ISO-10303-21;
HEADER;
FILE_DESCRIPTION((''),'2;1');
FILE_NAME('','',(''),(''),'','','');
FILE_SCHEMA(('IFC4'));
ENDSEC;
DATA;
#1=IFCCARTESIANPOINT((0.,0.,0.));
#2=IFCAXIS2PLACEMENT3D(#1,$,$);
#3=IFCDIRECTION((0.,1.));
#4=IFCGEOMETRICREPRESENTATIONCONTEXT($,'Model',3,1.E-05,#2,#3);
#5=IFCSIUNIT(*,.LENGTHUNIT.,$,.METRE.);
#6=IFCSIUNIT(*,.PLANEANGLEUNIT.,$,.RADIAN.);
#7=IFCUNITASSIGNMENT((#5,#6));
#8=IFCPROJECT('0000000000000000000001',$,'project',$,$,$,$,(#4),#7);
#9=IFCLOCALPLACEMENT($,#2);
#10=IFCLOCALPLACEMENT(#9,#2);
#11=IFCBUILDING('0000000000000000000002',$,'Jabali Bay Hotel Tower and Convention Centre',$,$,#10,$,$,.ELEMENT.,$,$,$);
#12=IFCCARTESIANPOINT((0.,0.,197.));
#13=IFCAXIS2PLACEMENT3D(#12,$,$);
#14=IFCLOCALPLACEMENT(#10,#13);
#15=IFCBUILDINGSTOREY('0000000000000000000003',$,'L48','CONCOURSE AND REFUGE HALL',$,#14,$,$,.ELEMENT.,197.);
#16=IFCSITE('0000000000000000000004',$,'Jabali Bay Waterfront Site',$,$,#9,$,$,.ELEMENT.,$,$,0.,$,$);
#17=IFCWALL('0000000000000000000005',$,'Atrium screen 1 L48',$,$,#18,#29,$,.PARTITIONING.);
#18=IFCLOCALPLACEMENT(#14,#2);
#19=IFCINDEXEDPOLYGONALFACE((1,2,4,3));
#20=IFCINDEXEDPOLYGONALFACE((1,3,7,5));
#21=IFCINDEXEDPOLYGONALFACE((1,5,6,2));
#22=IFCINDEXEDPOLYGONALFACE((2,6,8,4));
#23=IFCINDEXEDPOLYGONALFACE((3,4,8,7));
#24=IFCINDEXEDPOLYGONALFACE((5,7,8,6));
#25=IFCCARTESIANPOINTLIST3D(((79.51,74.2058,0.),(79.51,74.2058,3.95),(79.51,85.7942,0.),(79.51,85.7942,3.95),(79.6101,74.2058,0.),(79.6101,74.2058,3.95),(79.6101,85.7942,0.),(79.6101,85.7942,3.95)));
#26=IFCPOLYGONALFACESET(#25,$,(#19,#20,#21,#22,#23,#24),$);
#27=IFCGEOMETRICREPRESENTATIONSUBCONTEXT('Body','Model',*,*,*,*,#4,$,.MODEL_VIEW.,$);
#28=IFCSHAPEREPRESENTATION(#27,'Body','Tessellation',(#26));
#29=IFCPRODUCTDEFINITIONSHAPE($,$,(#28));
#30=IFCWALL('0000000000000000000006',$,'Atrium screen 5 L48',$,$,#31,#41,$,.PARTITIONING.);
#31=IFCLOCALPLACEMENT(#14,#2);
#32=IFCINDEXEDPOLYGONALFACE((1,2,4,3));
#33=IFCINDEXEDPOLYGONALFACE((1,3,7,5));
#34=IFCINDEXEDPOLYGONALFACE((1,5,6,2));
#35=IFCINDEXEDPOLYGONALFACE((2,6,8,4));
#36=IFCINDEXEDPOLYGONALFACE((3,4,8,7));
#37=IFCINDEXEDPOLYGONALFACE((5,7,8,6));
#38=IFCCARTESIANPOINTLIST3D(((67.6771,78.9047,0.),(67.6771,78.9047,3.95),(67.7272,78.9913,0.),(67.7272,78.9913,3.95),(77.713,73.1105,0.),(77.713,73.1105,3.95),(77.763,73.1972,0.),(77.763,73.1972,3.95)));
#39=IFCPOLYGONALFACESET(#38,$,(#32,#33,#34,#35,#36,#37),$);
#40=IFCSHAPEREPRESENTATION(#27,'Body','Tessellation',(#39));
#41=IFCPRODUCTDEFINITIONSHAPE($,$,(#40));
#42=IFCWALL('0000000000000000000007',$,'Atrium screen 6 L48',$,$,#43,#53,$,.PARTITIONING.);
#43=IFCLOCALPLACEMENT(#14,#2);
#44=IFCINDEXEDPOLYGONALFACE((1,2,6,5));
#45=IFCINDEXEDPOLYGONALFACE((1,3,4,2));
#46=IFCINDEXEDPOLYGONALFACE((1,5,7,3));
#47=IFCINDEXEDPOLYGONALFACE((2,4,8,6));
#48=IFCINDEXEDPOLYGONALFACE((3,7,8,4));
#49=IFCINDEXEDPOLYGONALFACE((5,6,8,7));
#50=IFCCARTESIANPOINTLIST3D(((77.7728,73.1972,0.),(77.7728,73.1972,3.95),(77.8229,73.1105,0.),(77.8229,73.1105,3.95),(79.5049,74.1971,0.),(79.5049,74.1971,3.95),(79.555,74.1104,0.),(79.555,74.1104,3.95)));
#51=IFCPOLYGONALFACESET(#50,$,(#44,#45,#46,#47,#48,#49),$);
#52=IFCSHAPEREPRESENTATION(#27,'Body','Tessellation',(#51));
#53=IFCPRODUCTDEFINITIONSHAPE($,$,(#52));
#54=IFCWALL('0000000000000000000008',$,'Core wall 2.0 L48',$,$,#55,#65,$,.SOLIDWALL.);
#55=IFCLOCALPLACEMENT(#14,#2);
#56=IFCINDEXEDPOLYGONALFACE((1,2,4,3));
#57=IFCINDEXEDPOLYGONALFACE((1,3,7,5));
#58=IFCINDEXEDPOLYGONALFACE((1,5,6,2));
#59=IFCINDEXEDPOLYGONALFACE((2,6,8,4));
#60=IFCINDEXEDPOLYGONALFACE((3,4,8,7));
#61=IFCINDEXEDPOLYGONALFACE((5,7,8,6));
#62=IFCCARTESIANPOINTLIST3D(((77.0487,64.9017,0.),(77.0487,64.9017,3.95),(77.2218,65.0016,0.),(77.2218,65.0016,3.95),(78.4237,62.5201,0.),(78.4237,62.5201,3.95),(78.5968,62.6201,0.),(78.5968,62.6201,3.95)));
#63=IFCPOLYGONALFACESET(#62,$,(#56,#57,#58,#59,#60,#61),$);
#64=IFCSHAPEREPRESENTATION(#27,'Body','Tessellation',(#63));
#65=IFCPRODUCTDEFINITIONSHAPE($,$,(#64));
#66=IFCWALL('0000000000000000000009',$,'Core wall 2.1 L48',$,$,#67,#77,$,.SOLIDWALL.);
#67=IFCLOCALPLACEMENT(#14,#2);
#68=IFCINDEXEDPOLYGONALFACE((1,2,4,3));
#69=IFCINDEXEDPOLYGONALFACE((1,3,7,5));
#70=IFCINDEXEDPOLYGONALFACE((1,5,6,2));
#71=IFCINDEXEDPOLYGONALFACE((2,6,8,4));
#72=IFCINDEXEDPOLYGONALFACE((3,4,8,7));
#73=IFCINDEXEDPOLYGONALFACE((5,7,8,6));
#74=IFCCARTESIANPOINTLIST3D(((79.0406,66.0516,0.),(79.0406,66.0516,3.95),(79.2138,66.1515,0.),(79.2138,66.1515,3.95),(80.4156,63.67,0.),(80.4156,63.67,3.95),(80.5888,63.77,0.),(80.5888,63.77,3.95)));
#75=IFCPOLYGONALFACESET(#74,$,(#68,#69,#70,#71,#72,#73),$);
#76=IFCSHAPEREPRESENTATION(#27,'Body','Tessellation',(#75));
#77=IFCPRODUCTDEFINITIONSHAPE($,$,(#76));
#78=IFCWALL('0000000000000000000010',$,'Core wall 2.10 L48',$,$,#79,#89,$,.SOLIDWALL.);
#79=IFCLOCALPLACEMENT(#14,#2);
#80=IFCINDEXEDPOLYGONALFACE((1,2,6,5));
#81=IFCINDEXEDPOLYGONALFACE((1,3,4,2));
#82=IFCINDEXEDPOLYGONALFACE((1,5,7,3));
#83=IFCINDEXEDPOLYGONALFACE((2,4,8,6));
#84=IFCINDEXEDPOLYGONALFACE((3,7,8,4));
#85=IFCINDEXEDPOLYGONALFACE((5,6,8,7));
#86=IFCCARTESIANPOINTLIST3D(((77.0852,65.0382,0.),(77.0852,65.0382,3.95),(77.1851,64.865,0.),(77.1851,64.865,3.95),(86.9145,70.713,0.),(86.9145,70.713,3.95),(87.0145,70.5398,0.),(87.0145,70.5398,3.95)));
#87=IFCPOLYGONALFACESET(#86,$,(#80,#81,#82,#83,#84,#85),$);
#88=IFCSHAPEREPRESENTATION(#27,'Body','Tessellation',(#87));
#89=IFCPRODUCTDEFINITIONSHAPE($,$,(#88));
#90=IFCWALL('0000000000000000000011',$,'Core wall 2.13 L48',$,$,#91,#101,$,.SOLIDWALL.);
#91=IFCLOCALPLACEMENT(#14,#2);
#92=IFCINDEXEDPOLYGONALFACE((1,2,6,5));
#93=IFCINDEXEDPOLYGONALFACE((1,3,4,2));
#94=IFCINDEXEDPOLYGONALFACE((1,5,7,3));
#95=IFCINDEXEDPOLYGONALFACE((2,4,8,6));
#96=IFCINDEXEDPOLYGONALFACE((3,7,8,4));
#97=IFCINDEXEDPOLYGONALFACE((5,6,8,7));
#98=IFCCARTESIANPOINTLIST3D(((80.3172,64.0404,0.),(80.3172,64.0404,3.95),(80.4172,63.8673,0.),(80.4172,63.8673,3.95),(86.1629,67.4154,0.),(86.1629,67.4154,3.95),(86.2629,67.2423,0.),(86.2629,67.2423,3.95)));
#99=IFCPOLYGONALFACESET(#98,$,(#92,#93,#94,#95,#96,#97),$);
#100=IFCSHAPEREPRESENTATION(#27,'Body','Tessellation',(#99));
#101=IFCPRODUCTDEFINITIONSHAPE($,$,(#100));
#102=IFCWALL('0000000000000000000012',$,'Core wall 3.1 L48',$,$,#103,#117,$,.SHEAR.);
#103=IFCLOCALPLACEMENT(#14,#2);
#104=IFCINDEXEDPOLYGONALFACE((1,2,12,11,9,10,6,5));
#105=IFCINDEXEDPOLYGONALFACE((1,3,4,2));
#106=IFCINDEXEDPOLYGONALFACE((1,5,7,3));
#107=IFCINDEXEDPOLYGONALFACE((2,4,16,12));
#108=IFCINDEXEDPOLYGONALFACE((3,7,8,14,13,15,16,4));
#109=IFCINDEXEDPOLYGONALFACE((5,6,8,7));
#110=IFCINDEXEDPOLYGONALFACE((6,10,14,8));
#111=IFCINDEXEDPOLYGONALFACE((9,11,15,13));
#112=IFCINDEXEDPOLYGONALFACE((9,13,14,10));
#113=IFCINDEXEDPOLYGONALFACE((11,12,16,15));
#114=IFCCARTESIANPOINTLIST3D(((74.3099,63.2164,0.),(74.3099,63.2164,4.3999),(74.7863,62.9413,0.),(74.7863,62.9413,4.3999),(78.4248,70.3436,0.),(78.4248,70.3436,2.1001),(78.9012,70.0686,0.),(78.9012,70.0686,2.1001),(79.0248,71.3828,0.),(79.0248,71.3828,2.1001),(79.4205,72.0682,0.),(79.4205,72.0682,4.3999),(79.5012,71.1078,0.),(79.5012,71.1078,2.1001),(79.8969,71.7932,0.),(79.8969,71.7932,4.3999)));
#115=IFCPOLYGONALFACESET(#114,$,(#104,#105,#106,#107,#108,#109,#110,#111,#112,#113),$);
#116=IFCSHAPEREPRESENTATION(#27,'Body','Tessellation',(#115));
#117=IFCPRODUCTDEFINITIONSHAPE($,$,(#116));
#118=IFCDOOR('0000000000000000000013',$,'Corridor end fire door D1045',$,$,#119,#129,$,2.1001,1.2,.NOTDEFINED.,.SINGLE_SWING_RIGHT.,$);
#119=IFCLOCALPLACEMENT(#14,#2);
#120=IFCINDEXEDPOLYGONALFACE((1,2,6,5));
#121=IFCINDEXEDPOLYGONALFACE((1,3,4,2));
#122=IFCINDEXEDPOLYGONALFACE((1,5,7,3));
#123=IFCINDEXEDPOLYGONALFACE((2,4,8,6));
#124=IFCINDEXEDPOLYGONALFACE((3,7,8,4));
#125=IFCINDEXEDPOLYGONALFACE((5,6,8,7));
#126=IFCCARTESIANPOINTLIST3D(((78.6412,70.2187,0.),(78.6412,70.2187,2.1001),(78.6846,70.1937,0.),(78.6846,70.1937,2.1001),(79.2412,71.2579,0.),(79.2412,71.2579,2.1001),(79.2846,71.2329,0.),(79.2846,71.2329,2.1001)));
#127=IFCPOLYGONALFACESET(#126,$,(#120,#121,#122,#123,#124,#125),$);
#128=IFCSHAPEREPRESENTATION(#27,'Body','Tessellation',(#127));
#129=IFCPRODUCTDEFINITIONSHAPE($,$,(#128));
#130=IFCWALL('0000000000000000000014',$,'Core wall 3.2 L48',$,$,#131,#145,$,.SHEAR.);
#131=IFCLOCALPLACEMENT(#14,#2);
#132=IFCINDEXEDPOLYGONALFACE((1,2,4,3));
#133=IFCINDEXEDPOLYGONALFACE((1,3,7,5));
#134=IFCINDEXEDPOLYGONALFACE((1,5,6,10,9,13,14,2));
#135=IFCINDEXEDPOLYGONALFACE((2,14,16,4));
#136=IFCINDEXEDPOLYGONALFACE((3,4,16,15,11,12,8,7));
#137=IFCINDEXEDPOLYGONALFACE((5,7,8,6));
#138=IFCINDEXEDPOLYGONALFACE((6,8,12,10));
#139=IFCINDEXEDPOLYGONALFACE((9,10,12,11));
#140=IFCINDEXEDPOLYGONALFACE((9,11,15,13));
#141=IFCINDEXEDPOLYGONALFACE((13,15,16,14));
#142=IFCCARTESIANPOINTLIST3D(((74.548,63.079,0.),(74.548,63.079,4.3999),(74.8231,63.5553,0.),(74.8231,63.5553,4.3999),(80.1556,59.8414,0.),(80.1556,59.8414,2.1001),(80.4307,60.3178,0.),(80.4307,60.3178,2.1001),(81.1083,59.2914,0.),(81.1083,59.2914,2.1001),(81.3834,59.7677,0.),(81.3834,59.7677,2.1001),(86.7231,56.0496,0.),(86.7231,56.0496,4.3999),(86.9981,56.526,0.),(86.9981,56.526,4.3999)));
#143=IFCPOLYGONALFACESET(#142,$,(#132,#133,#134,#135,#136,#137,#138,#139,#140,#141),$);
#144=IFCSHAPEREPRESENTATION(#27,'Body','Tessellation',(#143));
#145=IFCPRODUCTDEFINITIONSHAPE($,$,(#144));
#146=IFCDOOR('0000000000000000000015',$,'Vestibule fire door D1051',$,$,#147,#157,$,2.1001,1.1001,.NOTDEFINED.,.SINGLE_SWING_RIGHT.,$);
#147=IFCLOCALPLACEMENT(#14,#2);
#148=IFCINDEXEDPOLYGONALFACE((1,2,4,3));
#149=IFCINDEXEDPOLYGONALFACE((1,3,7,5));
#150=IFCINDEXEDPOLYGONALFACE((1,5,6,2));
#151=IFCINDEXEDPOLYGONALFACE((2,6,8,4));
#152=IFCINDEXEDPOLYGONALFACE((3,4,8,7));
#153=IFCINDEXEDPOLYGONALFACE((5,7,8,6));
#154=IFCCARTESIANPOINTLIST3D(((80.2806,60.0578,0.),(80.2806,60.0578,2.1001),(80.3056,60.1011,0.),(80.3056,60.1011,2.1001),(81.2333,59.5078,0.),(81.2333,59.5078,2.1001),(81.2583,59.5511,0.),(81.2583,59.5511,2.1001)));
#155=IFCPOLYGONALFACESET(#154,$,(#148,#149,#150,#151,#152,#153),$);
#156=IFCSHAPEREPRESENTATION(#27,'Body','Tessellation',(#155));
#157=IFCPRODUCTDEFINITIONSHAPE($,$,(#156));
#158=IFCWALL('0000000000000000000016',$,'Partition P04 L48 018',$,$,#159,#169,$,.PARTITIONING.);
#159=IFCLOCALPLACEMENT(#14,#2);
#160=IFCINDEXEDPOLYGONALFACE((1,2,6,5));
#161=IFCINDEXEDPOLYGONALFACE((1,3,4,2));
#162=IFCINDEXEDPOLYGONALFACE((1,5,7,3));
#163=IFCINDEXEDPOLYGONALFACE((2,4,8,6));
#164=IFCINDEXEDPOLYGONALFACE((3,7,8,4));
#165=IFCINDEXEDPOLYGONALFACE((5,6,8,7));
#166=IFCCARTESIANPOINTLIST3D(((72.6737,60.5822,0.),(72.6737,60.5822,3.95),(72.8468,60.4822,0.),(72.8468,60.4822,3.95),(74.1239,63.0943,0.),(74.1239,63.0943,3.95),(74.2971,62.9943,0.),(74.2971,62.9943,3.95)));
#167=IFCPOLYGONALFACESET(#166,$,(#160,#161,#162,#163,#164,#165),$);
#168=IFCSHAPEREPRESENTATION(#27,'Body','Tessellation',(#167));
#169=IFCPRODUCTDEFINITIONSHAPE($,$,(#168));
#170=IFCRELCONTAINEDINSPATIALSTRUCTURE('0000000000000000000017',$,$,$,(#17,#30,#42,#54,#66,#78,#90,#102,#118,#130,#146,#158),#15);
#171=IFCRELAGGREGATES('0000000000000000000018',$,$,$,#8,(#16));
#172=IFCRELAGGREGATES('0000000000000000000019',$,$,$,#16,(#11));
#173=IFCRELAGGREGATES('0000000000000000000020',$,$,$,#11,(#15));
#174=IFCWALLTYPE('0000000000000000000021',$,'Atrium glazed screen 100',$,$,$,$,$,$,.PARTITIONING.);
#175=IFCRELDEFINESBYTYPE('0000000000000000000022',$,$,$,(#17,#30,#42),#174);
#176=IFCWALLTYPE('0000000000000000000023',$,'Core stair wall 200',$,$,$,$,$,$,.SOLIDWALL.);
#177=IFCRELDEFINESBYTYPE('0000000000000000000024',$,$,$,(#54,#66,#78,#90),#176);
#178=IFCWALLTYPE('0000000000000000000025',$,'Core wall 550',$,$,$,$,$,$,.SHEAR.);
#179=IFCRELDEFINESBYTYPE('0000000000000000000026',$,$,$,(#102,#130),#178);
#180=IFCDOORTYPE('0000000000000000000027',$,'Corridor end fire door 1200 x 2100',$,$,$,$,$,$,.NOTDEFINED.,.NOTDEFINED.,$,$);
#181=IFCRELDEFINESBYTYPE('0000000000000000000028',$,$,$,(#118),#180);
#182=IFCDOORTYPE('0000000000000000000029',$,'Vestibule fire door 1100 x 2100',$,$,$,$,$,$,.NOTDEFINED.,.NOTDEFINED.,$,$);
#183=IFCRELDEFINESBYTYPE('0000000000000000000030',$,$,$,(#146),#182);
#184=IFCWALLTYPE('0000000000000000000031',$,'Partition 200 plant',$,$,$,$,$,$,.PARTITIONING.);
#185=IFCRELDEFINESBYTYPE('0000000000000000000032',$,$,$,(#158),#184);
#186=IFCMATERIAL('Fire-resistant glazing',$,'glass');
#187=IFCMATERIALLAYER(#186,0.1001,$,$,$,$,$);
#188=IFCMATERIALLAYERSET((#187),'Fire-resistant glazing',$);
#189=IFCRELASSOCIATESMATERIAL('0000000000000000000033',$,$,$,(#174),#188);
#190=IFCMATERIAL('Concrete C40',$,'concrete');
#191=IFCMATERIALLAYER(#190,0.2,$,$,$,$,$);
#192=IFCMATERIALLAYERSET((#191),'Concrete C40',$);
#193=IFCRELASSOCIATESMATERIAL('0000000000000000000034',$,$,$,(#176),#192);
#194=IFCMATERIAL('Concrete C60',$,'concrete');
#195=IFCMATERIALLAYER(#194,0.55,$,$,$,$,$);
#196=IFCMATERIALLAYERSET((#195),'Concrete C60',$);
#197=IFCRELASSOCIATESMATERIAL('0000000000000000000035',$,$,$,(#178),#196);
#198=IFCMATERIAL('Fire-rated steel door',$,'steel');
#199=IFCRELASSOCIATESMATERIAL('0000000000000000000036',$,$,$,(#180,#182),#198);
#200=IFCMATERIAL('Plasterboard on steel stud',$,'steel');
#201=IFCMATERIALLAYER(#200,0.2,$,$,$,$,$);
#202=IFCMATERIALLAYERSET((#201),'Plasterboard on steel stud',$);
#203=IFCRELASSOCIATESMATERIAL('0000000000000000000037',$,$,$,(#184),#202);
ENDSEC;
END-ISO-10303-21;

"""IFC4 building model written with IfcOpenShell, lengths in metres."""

from ifc_helpers import new_model, si_unit, direction, frame, frame_2d, origin, place, context, subcontext, project, spatial, rectangle, extrude, material, layer, layer_set, type_object, element, fill, save


model = new_model("IFC4")

# Units and contexts
model_context = context("Model", 3, precision=1e-05, world=origin(), true_north=direction((0.0, 1.0)))
body_context = subcontext(model_context, "Body", "Model", "MODEL_VIEW")
ifc_project = project(units=[si_unit("LENGTHUNIT", "METRE"), si_unit("PLANEANGLEUNIT", "RADIAN")], contexts=[model_context])

# Site, building, storey
site_placement = place(None, origin())
site = spatial("IfcSite", under=ifc_project, at=site_placement, Name="Jabali Bay Waterfront Site", CompositionType="ELEMENT", RefElevation=0.0)
building_placement = place(site_placement, origin())
building = spatial("IfcBuilding", under=site, at=building_placement, Name="Jabali Bay Hotel Tower and Convention Centre", CompositionType="ELEMENT")
storey_placement = place(building_placement, frame((0.0, 0.0, 197.0)))
storey = spatial("IfcBuildingStorey", under=building, at=storey_placement, Name="L48", Description="CONCOURSE AND REFUGE HALL", CompositionType="ELEMENT", Elevation=197.0)

# Walls
ifc_material_1 = material(Name="Fire-resistant glazing", Category="glass")
ifc_layer_1 = layer(ifc_material_1, 0.1001)
ifc_layer_set_1 = layer_set([ifc_layer_1], Name="Fire-resistant glazing")
wall_type_1 = type_object("IfcWallType", Name="Atrium glazed screen 100", PredefinedType="PARTITIONING", material=ifc_layer_set_1)
for number, where, z_axis, x_axis, name in (
    (1, (79.5601, 74.2058, 0.0), (0.0, 0.0, 1.0), (0.0, 1.0, 0.0), "Atrium screen 1 L48"),
    (2, (67.7021, 78.948, 0.0), (0.0, 0.0, 1.0), (0.866027, -0.499998, 0.0), "Atrium screen 5 L48"),
):
    element("IfcWall", number, at=place(storey_placement, frame(where, z_axis=z_axis, x_axis=x_axis)), inside=storey, type_object=wall_type_1, Name=name, PredefinedType="PARTITIONING", context=body_context, shape_type="SweptSolid", body=[
        extrude(rectangle(XDim=11.5884, YDim=0.1001, at=frame_2d((5.7942, 0.0))), origin(), (0.0, 0.0, 1.0), 3.95),
    ])
wall_1_placement = place(storey_placement, frame((77.7979, 73.1538, 0.0), z_axis=(0.0, 0.0, 1.0), x_axis=(0.866041, 0.499973, 0.0)))
element("IfcWall", 3, at=wall_1_placement, inside=storey, type_object=wall_type_1, Name="Atrium screen 6 L48", PredefinedType="PARTITIONING", context=body_context, shape_type="SweptSolid", body=[
    extrude(rectangle(XDim=2.0, YDim=0.1001, at=frame_2d((1.0, 0.0))), origin(), (0.0, 0.0, 1.0), 3.95),
])
ifc_material_2 = material(Name="Concrete C40", Category="concrete")
ifc_layer_2 = layer(ifc_material_2, 0.2)
ifc_layer_set_2 = layer_set([ifc_layer_2], Name="Concrete C40")
wall_type_2 = type_object("IfcWallType", Name="Core stair wall 200", PredefinedType="SOLIDWALL", material=ifc_layer_set_2)
for number, where, z_axis, x_axis, name in (
    (4, (77.1353, 64.9517, 0.0), (0.0, 0.0, 1.0), (0.499997, -0.866027, 0.0), "Core wall 2.0 L48"),
    (5, (79.1272, 66.1016, 0.0), (0.0, 0.0, 1.0), (0.499997, -0.866027, 0.0), "Core wall 2.1 L48"),
):
    element("IfcWall", number, at=place(storey_placement, frame(where, z_axis=z_axis, x_axis=x_axis)), inside=storey, type_object=wall_type_2, Name=name, PredefinedType="SOLIDWALL", context=body_context, shape_type="SweptSolid", body=[
        extrude(rectangle(XDim=2.75, YDim=0.2, at=frame_2d((1.375, 0.0))), origin(), (0.0, 0.0, 1.0), 3.95),
    ])
wall_2_placement = place(storey_placement, frame((77.1353, 64.9517, 0.0), z_axis=(0.0, 0.0, 1.0), x_axis=(0.866032, 0.499989, 0.0)))
element("IfcWall", 6, at=wall_2_placement, inside=storey, type_object=wall_type_2, Name="Core wall 2.10 L48", PredefinedType="SOLIDWALL", context=body_context, shape_type="SweptSolid", body=[
    extrude(rectangle(XDim=11.3499, YDim=0.2, at=frame_2d((5.6748, 0.0))), origin(), (0.0, 0.0, 1.0), 3.95),
])
wall_3_placement = place(storey_placement, frame((80.3672, 63.9539, 0.0), z_axis=(0.0, 0.0, 1.0), x_axis=(0.866027, 0.499998, 0.0)))
element("IfcWall", 7, at=wall_3_placement, inside=storey, type_object=wall_type_2, Name="Core wall 2.13 L48", PredefinedType="SOLIDWALL", context=body_context, shape_type="SweptSolid", body=[
    extrude(rectangle(XDim=6.75, YDim=0.2, at=frame_2d((3.375, 0.0))), origin(), (0.0, 0.0, 1.0), 3.95),
])

# Walls, openings, doors
ifc_material_3 = material(Name="Concrete C60", Category="concrete")
ifc_layer_3 = layer(ifc_material_3, 0.55)
ifc_layer_set_3 = layer_set([ifc_layer_3], Name="Concrete C60")
wall_type_3 = type_object("IfcWallType", Name="Core wall 550", PredefinedType="SHEAR", material=ifc_layer_set_3)
wall_4_placement = place(storey_placement, frame((79.6587, 71.9307, 0.0), z_axis=(0.0, 0.0, 1.0), x_axis=(-0.5, -0.866025, 0.0)))
wall_4 = element("IfcWall", 8, at=wall_4_placement, inside=storey, type_object=wall_type_3, Name="Core wall 3.1 L48", PredefinedType="SHEAR", context=body_context, shape_type="SweptSolid", body=[
    extrude(rectangle(XDim=10.2212, YDim=0.55, at=frame_2d((5.1106, 0.0))), origin(), (0.0, 0.0, 1.0), 4.3999),
])
opening_1_placement = place(wall_4_placement, frame((0.7913, 0.0, 0.0)))
opening_1 = element("IfcOpeningElement", 9, at=opening_1_placement, cuts=wall_4, PredefinedType="OPENING", context=body_context, shape_type="SweptSolid", body=[
    extrude(rectangle(XDim=1.2, YDim=2.1001, at=frame_2d((0.6001, 1.05))), frame((0.0, 0.2856, 0.0), z_axis=(0.0, -1.0, 0.0), x_axis=(1.0, 0.0, 0.0)), (0.0, 0.0, 1.0), 0.571),
])
ifc_material_4 = material(Name="Fire-rated steel door", Category="steel")
door_type_1 = type_object("IfcDoorType", Name="Corridor end fire door 1200 x 2100", OperationType="NOTDEFINED", PredefinedType="NOTDEFINED", material=ifc_material_4)
door_1_placement = place(opening_1_placement, origin())
door_1 = element("IfcDoor", 10, at=door_1_placement, inside=storey, type_object=door_type_1, Name="Corridor end fire door D1045", OperationType="SINGLE_SWING_RIGHT", OverallHeight=2.1001, OverallWidth=1.2, PredefinedType="NOTDEFINED", context=body_context, shape_type="SweptSolid", body=[
    extrude(rectangle(XDim=1.2, YDim=2.1001, at=frame_2d((0.6001, 1.05))), frame((0.0, 0.0249, 0.0), z_axis=(0.0, -1.0, 0.0), x_axis=(1.0, 0.0, 0.0)), (0.0, 0.0, 1.0), 0.05),
])
fill(opening_1, door_1)
wall_5_placement = place(storey_placement, frame((74.6855, 63.3171, 0.0), z_axis=(0.0, 0.0, 1.0), x_axis=(0.866025, -0.500002, 0.0)))
wall_5 = element("IfcWall", 11, at=wall_5_placement, inside=storey, type_object=wall_type_3, Name="Core wall 3.2 L48", PredefinedType="SHEAR", context=body_context, shape_type="SweptSolid", body=[
    extrude(rectangle(XDim=14.0586, YDim=0.55, at=frame_2d((7.0293, 0.0))), origin(), (0.0, 0.0, 1.0), 4.3999),
])
opening_2_placement = place(wall_5_placement, frame((6.4751, 0.0, 0.0)))
opening_2 = element("IfcOpeningElement", 12, at=opening_2_placement, cuts=wall_5, PredefinedType="OPENING", context=body_context, shape_type="SweptSolid", body=[
    extrude(rectangle(XDim=1.1001, YDim=2.1001, at=frame_2d((0.55, 1.05))), frame((0.0, 0.2856, 0.0), z_axis=(0.0, -1.0, 0.0), x_axis=(1.0, 0.0, 0.0)), (0.0, 0.0, 1.0), 0.571),
])
door_type_2 = type_object("IfcDoorType", Name="Vestibule fire door 1100 x 2100", OperationType="NOTDEFINED", PredefinedType="NOTDEFINED", material=ifc_material_4)
door_2_placement = place(opening_2_placement, origin())
door_2 = element("IfcDoor", 13, at=door_2_placement, inside=storey, type_object=door_type_2, Name="Vestibule fire door D1051", OperationType="SINGLE_SWING_RIGHT", OverallHeight=2.1001, OverallWidth=1.1001, PredefinedType="NOTDEFINED", context=body_context, shape_type="SweptSolid", body=[
    extrude(rectangle(XDim=1.1001, YDim=2.1001, at=frame_2d((0.55, 1.05))), frame((0.0, 0.0249, 0.0), z_axis=(0.0, -1.0, 0.0), x_axis=(1.0, 0.0, 0.0)), (0.0, 0.0, 1.0), 0.05),
])
fill(opening_2, door_2)

# Wall
ifc_material_5 = material(Name="Plasterboard on steel stud", Category="steel")
ifc_layer_4 = layer(ifc_material_5, 0.2)
ifc_layer_set_4 = layer_set([ifc_layer_4], Name="Plasterboard on steel stud")
wall_type_4 = type_object("IfcWallType", Name="Partition 200 plant", PredefinedType="PARTITIONING", material=ifc_layer_set_4)
wall_6_placement = place(storey_placement, frame((74.2104, 63.0442, 0.0), z_axis=(0.0, 0.0, 1.0), x_axis=(-0.499977, -0.866038, 0.0)))
element("IfcWall", 14, at=wall_6_placement, inside=storey, type_object=wall_type_4, Name="Partition P04 L48 018", PredefinedType="PARTITIONING", context=body_context, shape_type="SweptSolid", body=[
    extrude(rectangle(XDim=2.9006, YDim=0.2, at=frame_2d((1.4502, 0.0))), origin(), (0.0, 0.0, 1.0), 3.95),
])

save(model, "model.ifc")
